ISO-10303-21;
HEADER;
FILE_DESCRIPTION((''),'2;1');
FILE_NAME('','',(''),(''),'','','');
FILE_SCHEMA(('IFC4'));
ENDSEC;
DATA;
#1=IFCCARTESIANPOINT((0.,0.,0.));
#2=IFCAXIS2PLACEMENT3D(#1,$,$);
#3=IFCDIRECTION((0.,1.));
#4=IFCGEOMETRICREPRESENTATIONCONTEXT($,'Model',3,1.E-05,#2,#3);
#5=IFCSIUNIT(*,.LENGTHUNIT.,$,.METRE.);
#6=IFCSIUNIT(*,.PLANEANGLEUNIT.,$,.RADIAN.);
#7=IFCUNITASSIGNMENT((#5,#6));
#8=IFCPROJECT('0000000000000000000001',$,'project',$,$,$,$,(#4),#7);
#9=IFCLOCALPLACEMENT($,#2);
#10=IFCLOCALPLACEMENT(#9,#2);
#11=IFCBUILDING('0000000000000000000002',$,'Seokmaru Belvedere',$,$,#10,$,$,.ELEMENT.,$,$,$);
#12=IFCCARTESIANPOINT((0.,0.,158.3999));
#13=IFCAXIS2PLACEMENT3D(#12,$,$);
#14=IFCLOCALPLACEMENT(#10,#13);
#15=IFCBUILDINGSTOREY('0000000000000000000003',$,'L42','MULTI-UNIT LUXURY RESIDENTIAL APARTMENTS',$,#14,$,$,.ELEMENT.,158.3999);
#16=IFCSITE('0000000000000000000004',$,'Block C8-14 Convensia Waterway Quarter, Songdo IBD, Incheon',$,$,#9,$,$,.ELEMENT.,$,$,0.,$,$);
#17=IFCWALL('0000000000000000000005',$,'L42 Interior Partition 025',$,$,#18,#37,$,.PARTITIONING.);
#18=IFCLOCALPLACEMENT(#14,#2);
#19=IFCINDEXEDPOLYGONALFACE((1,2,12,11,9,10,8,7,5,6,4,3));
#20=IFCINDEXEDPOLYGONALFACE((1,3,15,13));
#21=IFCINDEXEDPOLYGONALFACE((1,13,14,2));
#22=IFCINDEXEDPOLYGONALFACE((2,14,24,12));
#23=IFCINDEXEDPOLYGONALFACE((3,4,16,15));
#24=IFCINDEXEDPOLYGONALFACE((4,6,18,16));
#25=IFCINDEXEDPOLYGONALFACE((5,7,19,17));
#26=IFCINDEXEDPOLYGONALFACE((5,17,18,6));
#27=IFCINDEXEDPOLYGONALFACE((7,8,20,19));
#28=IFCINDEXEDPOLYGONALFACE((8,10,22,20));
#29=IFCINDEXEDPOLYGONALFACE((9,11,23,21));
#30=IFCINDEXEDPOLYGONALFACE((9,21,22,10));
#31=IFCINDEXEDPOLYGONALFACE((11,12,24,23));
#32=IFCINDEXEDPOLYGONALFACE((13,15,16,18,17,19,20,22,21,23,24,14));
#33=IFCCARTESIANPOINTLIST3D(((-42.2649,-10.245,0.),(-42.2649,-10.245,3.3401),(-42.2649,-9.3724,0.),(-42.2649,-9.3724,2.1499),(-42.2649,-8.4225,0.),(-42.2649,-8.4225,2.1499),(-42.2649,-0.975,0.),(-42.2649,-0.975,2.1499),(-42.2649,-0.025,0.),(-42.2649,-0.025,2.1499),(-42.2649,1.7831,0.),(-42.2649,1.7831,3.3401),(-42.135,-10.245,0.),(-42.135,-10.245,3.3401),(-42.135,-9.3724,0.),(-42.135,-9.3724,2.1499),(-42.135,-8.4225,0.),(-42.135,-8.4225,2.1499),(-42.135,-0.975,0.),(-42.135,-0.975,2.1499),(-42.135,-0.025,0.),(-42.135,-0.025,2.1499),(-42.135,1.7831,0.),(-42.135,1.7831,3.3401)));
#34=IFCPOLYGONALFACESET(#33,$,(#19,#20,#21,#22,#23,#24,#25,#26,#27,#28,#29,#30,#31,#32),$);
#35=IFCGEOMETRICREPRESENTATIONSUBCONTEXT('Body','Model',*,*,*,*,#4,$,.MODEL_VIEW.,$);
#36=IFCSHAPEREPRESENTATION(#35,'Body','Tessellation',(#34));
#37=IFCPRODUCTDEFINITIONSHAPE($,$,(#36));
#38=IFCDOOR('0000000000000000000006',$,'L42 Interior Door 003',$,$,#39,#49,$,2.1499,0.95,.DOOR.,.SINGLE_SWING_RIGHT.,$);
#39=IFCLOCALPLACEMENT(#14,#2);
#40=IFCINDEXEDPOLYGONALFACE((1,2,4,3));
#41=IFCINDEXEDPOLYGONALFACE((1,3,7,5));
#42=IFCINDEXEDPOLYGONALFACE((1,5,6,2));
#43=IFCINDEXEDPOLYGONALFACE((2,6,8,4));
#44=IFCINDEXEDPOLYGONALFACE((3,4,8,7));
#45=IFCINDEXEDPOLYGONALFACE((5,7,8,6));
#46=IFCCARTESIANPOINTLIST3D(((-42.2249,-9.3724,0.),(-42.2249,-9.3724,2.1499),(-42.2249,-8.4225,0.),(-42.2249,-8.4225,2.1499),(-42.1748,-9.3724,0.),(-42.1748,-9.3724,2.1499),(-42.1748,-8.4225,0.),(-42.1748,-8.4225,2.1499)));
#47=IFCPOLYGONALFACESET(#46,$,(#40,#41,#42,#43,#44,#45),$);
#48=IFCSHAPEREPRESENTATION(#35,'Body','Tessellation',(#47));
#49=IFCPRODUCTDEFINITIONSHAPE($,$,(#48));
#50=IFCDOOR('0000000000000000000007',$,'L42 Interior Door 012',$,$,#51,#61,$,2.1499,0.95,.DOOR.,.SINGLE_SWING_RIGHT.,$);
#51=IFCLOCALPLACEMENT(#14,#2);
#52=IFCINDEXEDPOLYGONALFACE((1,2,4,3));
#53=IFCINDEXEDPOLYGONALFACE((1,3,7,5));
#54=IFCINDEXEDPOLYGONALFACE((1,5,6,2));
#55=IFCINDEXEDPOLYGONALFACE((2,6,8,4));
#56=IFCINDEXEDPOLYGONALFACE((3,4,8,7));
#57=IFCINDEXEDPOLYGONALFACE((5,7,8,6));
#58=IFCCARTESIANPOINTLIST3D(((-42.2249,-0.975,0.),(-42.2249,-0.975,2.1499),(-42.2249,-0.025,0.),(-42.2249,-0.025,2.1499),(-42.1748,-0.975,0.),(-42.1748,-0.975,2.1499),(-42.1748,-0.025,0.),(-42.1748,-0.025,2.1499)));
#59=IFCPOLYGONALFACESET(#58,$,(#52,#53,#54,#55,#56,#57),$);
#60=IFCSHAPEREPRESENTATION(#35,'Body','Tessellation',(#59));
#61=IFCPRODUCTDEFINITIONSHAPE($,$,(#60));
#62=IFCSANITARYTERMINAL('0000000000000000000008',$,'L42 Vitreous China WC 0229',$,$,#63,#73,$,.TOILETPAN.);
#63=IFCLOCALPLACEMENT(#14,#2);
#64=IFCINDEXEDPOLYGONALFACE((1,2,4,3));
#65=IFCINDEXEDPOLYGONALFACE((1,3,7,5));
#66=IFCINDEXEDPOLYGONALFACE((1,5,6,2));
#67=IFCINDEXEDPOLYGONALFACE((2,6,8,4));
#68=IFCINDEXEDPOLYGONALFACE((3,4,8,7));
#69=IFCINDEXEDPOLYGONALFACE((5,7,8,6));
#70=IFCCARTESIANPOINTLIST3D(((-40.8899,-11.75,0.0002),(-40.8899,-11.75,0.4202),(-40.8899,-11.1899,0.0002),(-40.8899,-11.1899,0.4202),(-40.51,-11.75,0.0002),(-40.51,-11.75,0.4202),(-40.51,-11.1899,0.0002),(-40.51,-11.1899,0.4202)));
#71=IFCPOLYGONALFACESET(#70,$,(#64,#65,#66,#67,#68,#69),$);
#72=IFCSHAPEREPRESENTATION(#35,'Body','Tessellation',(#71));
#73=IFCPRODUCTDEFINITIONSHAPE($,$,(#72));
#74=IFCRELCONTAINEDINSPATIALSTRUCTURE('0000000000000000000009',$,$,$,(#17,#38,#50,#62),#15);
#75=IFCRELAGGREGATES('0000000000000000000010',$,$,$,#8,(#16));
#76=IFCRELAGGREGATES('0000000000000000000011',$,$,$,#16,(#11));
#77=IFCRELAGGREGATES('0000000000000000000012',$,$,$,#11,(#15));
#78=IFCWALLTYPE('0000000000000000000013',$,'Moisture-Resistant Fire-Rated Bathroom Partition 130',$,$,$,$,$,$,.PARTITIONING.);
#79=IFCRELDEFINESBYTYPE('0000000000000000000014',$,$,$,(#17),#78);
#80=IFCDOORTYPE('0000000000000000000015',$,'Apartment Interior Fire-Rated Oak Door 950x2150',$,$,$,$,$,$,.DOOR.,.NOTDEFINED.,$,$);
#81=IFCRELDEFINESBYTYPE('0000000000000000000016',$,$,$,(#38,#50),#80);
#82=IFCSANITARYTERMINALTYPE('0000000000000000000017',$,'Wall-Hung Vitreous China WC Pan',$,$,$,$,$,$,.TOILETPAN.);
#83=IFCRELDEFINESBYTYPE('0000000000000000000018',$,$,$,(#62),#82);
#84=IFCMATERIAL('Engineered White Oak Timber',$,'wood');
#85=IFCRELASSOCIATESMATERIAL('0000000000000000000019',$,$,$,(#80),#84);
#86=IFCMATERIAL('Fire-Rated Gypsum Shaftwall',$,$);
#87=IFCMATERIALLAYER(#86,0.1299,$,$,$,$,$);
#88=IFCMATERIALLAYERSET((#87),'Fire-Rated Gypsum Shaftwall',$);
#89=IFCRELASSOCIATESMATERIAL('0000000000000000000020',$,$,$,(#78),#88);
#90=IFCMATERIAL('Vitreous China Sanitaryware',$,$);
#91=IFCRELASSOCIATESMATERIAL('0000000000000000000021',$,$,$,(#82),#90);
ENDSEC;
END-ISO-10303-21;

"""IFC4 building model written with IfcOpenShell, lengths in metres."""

from ifc_helpers import new_model, si_unit, direction, frame, frame_2d, origin, origin_2d, place, context, subcontext, project, spatial, rectangle, extrude, source, transform, mapped, material, layer, layer_set, type_object, type_shapes, element, fill, save


model = new_model("IFC4")

# Units and contexts
model_context = context("Model", 3, precision=1e-05, world=origin(), true_north=direction((0.0, 1.0)))
body_context = subcontext(model_context, "Body", "Model", "MODEL_VIEW")
ifc_project = project(units=[si_unit("LENGTHUNIT", "METRE"), si_unit("PLANEANGLEUNIT", "RADIAN")], contexts=[model_context])

# Site, building, storey
site_placement = place(None, origin())
site = spatial("IfcSite", under=ifc_project, at=site_placement, Name="Block C8-14 Convensia Waterway Quarter, Songdo IBD, Incheon", CompositionType="ELEMENT", RefElevation=0.0)
building_placement = place(site_placement, origin())
building = spatial("IfcBuilding", under=site, at=building_placement, Name="Seokmaru Belvedere", CompositionType="ELEMENT")
storey_placement = place(building_placement, frame((0.0, 0.0, 158.3999)))
storey = spatial("IfcBuildingStorey", under=building, at=storey_placement, Name="L42", Description="MULTI-UNIT LUXURY RESIDENTIAL APARTMENTS", CompositionType="ELEMENT", Elevation=158.3999)

# Shared definitions
ifc_material_1 = material(Name="Fire-Rated Gypsum Shaftwall")
ifc_material_2 = material(Name="Engineered White Oak Timber", Category="wood")
door_type_1 = type_object("IfcDoorType", Name="Apartment Interior Fire-Rated Oak Door 950x2150", OperationType="NOTDEFINED", PredefinedType="DOOR", material=ifc_material_2)
shared_shape_1 = source(origin(), body_context, "Body", "SweptSolid", [
    extrude(rectangle(XDim=0.95, YDim=2.1499, at=frame_2d((0.4751, 1.075))), frame((0.0, 0.0249, 0.0), z_axis=(0.0, -1.0, 0.0), x_axis=(1.0, 0.0, 0.0)), (0.0, 0.0, 1.0), 0.05),
])
type_shapes(door_type_1, [shared_shape_1])

# Shared definitions
ifc_layer_1 = layer(ifc_material_1, 0.1299)
ifc_layer_set_1 = layer_set([ifc_layer_1], Name="Fire-Rated Gypsum Shaftwall")
wall_type_1 = type_object("IfcWallType", Name="Moisture-Resistant Fire-Rated Bathroom Partition 130", PredefinedType="PARTITIONING", material=ifc_layer_set_1)

# Wall, openings, doors
wall_1_placement = place(storey_placement, frame((-42.2, -10.2451, 0.0), z_axis=(0.0, 0.0, 1.0), x_axis=(0.0, 1.0, 0.0)))
wall_1 = element("IfcWall", 1, at=wall_1_placement, inside=storey, type_object=wall_type_1, Name="L42 Interior Partition 025", PredefinedType="PARTITIONING", context=body_context, shape_type="SweptSolid", body=[
    extrude(rectangle(XDim=12.0281, YDim=0.1299, at=frame_2d((6.0142, 0.0))), origin(), (0.0, 0.0, 1.0), 3.3401),
])
opening_1_placement = place(wall_1_placement, frame((0.8726, 0.0, 0.0)))
opening_1 = element("IfcOpeningElement", 2, at=opening_1_placement, cuts=wall_1, PredefinedType="OPENING", context=body_context, shape_type="SweptSolid", body=[
    extrude(rectangle(XDim=0.95, YDim=2.1499, at=frame_2d((0.4751, 1.075))), frame((0.0, 0.075, 0.0), z_axis=(0.0, -1.0, 0.0), x_axis=(1.0, 0.0, 0.0)), (0.0, 0.0, 1.0), 0.1499),
])
opening_2_placement = place(wall_1_placement, frame((9.27, 0.0, 0.0)))
opening_2 = element("IfcOpeningElement", 3, at=opening_2_placement, cuts=wall_1, PredefinedType="OPENING", context=body_context, shape_type="SweptSolid", body=[
    extrude(rectangle(XDim=0.95, YDim=2.1499, at=frame_2d((0.4751, 1.075))), frame((0.0, 0.075, 0.0), z_axis=(0.0, -1.0, 0.0), x_axis=(1.0, 0.0, 0.0)), (0.0, 0.0, 1.0), 0.1499),
])
door_1_placement = place(opening_1_placement, origin())
door_1 = element("IfcDoor", 4, at=door_1_placement, inside=storey, type_object=door_type_1, Name="L42 Interior Door 003", OperationType="SINGLE_SWING_RIGHT", OverallHeight=2.1499, OverallWidth=0.95, PredefinedType="DOOR", context=body_context, shape_type="MappedRepresentation", body=[
    mapped(shared_shape_1, transform((0.0, 0.0, 0.0), scale=1.0)),
])
fill(opening_1, door_1)
door_2_placement = place(opening_2_placement, origin())
door_2 = element("IfcDoor", 5, at=door_2_placement, inside=storey, type_object=door_type_1, Name="L42 Interior Door 012", OperationType="SINGLE_SWING_RIGHT", OverallHeight=2.1499, OverallWidth=0.95, PredefinedType="DOOR", context=body_context, shape_type="MappedRepresentation", body=[
    mapped(shared_shape_1, transform((0.0, 0.0, 0.0), scale=1.0)),
])
fill(opening_2, door_2)

# Sanitary terminal
ifc_material_3 = material(Name="Vitreous China Sanitaryware")
sanitary_terminal_type = type_object("IfcSanitaryTerminalType", Name="Wall-Hung Vitreous China WC Pan", PredefinedType="TOILETPAN", material=ifc_material_3)
shared_shape_2 = source(origin(), body_context, "Body", "SweptSolid", [
    extrude(rectangle(XDim=0.3799, YDim=0.5601, at=origin_2d()), origin(), (0.0, 0.0, 1.0), 0.4199),
])
type_shapes(sanitary_terminal_type, [shared_shape_2])
sanitary_terminal_placement = place(storey_placement, frame((-40.7, -11.47, 0.0002), z_axis=(0.0, 0.0, 1.0), x_axis=(1.0, 0.0, 0.0)))
element("IfcSanitaryTerminal", 6, at=sanitary_terminal_placement, inside=storey, type_object=sanitary_terminal_type, Name="L42 Vitreous China WC 0229", PredefinedType="TOILETPAN", context=body_context, shape_type="MappedRepresentation", body=[
    mapped(shared_shape_2, transform((0.0, 0.0, 0.0), scale=1.0)),
])

save(model, "model.ifc")
